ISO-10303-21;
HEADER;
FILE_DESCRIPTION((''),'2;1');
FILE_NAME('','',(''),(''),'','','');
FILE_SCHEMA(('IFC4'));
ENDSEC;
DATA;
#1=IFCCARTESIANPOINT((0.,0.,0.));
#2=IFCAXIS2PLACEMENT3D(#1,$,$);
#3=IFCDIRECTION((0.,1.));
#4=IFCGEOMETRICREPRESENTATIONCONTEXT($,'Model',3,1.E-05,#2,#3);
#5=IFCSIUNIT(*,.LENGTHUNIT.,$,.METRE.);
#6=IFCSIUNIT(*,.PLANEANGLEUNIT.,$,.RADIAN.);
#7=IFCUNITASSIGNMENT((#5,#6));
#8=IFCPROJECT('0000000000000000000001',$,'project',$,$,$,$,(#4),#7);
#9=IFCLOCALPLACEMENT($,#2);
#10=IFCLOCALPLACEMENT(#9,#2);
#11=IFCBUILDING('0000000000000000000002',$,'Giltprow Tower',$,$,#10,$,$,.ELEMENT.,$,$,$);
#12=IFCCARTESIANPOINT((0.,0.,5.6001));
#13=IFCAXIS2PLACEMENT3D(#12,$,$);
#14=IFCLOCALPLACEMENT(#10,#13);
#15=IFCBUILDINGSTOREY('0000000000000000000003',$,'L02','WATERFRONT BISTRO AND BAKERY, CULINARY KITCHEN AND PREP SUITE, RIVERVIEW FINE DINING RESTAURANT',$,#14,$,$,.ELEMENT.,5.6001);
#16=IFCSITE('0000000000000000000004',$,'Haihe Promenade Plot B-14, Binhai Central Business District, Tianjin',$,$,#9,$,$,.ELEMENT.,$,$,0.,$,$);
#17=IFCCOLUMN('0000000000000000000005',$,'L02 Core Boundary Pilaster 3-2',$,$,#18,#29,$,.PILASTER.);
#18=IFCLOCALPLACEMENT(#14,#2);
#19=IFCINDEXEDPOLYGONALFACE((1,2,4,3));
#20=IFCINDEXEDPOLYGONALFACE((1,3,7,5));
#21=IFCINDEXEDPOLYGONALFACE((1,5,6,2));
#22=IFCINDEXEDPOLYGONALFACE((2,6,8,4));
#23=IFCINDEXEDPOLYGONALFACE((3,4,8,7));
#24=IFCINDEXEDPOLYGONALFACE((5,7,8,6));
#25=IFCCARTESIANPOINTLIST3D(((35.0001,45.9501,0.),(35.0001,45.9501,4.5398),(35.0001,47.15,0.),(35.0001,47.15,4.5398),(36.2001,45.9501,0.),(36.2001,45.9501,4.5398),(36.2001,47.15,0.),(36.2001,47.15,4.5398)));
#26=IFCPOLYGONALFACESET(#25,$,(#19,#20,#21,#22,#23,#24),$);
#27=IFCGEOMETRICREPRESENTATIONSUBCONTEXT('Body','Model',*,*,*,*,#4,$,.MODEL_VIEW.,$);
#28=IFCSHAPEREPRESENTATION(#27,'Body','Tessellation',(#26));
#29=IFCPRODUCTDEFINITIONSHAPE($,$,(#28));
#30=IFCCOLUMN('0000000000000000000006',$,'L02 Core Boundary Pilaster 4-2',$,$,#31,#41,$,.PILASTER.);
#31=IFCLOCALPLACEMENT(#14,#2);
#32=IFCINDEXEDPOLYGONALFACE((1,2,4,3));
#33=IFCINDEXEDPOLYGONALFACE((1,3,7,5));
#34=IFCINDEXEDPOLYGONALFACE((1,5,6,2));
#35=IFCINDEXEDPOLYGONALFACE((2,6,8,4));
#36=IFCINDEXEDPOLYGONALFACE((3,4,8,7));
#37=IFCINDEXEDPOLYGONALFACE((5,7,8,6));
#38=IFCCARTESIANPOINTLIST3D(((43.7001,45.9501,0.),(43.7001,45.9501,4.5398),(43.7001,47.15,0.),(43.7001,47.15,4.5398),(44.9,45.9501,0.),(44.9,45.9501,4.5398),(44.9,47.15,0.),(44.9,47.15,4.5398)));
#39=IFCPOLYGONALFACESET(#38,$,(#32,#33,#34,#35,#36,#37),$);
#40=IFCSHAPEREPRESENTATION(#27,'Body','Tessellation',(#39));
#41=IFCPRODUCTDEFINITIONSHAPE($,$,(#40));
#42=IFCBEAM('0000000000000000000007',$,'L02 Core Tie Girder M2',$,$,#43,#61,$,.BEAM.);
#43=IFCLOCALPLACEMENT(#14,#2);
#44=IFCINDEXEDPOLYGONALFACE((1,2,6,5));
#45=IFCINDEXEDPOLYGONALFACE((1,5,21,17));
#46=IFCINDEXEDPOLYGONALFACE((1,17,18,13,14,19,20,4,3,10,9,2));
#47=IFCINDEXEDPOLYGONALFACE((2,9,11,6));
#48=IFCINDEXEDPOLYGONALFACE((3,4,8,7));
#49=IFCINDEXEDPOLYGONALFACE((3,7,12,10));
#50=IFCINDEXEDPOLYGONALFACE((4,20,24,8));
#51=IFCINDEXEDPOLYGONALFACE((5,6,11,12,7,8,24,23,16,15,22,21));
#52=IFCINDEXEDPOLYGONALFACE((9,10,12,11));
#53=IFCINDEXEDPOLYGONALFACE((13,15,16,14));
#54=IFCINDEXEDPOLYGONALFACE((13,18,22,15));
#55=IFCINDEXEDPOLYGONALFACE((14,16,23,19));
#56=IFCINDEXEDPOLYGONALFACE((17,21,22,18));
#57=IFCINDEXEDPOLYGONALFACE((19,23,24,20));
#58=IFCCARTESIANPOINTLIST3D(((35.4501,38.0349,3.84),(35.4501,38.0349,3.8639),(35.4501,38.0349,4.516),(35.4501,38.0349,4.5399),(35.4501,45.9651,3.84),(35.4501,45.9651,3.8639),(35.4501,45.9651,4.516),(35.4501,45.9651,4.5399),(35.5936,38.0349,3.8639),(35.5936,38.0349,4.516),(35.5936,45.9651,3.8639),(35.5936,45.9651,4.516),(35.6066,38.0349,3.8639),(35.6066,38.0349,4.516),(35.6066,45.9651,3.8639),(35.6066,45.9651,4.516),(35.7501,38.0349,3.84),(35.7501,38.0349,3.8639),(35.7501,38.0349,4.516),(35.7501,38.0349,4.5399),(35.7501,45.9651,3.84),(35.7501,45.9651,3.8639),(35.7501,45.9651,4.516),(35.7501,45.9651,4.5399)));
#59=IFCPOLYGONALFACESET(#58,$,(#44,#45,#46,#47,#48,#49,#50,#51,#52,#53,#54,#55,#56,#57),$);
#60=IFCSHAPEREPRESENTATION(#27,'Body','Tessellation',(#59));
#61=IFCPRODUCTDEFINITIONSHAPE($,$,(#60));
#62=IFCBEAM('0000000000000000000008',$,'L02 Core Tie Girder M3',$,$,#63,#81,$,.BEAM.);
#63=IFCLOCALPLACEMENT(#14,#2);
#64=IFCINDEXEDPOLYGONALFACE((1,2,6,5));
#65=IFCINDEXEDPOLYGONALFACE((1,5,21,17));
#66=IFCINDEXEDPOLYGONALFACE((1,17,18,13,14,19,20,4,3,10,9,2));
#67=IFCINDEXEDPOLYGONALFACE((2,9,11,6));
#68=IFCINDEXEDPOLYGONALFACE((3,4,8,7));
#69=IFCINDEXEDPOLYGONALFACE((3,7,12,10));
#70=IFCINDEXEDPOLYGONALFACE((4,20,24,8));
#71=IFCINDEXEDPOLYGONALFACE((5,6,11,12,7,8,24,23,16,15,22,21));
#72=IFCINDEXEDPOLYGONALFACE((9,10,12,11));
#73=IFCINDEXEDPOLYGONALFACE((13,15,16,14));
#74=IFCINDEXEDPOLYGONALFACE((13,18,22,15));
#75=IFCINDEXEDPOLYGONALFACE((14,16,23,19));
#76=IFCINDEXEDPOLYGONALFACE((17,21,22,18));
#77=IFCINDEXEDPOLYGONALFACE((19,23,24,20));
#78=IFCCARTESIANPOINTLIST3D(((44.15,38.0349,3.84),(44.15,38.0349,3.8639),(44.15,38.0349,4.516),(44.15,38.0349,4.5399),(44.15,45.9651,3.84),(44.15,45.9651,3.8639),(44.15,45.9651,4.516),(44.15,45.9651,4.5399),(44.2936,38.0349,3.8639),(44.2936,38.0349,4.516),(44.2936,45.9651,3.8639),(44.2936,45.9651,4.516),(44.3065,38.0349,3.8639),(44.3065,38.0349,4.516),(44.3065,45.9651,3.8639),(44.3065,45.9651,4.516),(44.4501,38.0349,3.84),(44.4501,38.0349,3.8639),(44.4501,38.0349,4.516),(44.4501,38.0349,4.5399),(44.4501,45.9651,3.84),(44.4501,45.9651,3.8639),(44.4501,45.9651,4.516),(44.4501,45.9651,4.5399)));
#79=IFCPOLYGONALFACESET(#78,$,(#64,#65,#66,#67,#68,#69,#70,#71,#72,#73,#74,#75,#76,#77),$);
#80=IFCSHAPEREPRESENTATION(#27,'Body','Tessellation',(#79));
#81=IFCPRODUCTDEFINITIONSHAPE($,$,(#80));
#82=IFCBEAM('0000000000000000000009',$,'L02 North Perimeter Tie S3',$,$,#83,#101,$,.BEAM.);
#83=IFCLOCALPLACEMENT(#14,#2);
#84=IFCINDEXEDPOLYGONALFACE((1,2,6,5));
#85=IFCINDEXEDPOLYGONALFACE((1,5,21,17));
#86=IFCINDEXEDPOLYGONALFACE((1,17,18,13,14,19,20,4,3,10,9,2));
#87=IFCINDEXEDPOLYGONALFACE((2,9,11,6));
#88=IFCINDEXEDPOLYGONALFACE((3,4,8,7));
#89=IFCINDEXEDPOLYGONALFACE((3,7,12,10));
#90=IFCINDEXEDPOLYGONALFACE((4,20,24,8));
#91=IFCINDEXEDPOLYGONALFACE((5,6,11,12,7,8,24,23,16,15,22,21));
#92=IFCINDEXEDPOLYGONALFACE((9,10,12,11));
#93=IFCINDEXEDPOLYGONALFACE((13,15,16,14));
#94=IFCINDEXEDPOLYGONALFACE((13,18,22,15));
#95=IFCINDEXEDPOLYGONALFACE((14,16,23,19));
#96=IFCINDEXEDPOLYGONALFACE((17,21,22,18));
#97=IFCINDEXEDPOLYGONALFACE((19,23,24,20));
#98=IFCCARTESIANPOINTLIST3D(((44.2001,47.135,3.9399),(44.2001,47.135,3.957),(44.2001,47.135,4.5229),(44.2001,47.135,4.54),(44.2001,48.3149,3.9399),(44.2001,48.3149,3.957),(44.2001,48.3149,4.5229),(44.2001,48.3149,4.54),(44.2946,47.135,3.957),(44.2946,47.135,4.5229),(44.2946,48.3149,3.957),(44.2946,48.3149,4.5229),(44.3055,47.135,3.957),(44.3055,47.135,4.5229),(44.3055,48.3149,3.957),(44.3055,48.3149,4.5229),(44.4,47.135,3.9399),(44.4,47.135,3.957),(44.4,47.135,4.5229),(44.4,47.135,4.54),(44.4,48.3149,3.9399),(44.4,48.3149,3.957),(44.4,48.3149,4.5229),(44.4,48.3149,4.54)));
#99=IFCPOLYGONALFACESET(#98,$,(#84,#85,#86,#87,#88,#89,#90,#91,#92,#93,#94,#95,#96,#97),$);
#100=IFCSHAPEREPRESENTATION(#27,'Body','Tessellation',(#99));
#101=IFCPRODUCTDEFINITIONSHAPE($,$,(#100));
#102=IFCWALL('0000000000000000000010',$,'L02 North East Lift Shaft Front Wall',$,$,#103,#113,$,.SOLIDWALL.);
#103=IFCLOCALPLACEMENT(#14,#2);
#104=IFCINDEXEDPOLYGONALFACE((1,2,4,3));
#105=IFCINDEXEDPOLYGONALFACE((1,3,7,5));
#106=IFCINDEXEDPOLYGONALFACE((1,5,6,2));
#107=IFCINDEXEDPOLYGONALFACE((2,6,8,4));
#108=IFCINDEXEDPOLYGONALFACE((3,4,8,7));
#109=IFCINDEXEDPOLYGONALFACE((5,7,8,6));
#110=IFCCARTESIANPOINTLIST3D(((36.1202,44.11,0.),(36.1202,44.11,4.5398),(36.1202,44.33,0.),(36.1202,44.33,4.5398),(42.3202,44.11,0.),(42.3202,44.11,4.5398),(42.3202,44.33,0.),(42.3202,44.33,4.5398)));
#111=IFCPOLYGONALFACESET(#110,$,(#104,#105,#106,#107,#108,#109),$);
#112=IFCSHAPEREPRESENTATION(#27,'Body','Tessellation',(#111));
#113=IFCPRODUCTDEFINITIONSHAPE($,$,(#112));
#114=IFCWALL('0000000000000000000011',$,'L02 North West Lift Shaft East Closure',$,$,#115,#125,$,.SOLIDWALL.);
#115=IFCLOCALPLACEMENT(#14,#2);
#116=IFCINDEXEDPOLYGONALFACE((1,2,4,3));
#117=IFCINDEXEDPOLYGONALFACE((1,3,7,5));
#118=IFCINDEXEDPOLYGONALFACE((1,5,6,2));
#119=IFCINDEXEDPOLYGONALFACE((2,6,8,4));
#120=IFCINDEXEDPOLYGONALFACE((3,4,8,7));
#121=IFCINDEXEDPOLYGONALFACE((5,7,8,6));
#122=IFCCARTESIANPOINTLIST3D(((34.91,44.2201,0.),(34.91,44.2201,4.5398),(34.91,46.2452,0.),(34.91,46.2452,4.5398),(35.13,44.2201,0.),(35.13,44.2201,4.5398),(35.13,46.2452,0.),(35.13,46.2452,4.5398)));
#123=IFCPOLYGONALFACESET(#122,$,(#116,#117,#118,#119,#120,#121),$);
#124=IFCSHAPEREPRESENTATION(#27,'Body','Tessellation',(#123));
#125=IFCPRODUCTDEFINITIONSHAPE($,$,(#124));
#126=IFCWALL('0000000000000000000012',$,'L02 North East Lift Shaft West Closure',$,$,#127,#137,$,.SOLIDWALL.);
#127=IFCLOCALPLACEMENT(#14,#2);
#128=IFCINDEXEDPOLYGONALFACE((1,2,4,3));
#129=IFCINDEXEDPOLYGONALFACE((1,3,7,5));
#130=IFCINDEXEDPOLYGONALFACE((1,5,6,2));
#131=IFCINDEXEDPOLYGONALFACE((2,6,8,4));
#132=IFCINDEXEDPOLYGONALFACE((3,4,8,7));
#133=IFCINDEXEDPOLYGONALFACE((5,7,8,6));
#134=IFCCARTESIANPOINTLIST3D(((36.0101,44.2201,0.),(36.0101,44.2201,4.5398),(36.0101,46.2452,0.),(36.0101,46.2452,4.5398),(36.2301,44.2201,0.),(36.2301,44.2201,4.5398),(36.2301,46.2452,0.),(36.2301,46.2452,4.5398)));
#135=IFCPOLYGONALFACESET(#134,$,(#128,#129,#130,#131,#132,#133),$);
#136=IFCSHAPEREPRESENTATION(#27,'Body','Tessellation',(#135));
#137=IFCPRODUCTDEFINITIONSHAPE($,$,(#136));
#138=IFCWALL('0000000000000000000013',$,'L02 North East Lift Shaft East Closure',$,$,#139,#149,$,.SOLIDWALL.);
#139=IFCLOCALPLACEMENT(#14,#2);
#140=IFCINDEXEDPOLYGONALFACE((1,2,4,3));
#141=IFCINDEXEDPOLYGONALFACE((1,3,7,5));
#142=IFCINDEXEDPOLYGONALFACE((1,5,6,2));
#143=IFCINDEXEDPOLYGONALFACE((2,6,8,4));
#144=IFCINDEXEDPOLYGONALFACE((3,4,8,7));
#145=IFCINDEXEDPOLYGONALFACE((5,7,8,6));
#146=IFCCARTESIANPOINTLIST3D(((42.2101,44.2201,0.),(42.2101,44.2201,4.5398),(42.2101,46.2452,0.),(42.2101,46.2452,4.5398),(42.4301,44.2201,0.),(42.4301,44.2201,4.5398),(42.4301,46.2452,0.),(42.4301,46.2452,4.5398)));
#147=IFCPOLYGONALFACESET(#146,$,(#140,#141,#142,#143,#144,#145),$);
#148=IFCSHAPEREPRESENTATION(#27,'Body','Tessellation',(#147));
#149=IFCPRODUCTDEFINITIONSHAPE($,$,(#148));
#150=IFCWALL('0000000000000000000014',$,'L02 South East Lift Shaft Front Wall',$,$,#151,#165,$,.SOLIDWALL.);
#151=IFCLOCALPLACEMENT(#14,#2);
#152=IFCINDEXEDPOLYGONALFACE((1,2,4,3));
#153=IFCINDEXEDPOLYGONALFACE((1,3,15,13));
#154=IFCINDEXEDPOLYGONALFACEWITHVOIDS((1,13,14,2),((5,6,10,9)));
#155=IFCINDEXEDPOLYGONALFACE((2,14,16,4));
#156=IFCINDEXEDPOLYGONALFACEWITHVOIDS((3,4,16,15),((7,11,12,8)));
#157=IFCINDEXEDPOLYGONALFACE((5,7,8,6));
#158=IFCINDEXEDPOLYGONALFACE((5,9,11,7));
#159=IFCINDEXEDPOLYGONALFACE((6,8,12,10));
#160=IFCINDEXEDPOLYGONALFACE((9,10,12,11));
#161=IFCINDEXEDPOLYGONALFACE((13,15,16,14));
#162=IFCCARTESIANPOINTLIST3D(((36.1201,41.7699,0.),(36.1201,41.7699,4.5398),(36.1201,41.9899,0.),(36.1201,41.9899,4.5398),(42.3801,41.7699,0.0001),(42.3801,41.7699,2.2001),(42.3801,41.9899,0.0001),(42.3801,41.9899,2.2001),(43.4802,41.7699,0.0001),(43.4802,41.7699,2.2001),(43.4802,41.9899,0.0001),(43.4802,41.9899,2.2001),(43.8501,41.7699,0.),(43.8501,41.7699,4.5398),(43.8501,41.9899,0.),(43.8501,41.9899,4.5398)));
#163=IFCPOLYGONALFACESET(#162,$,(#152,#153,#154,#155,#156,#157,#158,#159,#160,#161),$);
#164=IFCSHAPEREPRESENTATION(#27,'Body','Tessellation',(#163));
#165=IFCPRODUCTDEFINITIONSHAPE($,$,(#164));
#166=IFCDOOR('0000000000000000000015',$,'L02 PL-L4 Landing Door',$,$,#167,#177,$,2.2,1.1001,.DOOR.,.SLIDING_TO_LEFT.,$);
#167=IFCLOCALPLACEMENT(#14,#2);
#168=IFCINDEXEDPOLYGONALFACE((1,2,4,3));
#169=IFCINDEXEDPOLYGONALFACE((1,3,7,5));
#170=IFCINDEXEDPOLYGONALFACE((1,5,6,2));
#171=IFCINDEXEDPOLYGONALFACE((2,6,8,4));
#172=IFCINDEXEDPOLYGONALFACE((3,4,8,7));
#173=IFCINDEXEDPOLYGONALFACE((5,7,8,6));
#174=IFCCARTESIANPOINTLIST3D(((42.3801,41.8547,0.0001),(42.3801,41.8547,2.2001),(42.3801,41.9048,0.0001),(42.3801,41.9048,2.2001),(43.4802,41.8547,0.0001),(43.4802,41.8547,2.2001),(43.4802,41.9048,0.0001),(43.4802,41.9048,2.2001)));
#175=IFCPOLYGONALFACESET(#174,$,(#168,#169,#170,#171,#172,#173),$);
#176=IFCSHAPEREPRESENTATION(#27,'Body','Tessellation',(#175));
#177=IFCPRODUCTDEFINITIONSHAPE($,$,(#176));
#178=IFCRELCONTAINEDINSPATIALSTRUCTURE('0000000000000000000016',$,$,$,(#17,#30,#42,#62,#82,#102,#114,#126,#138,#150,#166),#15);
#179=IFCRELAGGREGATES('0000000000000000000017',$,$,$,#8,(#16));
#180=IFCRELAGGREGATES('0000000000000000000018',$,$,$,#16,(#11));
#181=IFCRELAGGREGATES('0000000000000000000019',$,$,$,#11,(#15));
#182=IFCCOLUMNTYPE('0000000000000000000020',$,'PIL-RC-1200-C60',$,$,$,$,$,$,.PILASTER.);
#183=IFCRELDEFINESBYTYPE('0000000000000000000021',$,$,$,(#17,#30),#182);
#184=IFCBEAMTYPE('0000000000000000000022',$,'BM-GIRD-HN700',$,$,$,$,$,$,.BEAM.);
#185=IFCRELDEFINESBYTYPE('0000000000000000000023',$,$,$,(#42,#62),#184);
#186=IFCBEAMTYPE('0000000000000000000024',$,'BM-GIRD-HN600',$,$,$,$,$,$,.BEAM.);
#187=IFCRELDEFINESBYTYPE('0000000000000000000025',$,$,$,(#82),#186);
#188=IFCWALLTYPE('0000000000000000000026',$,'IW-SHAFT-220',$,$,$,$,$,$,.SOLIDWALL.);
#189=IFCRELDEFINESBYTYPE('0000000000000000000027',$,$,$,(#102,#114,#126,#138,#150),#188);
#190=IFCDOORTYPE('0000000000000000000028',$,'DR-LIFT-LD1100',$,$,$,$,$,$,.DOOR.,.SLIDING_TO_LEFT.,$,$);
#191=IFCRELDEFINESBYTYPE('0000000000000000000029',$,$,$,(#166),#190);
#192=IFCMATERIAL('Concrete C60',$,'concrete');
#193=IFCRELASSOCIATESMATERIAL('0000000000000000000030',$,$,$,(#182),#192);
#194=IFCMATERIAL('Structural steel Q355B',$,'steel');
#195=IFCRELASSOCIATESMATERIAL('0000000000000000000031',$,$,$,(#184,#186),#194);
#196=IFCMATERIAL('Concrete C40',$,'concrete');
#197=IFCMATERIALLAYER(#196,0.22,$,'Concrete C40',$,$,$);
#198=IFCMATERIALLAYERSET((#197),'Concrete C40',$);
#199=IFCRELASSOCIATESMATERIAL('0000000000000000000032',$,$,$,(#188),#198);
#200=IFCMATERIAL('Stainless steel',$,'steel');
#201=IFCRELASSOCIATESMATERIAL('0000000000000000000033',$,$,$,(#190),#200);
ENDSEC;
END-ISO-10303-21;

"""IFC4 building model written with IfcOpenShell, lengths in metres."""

from ifc_helpers import new_model, si_unit, direction, frame, frame_2d, origin, origin_2d, place, context, subcontext, project, spatial, rectangle, i_section, extrude, source, transform, mapped, material, layer, layer_set, material_profile, profile_set, type_object, element, fill, save


model = new_model("IFC4")

# Units and contexts
model_context = context("Model", 3, precision=1e-05, world=origin(), true_north=direction((0.0, 1.0)))
body_context = subcontext(model_context, "Body", "Model", "MODEL_VIEW")
ifc_project = project(units=[si_unit("LENGTHUNIT", "METRE"), si_unit("PLANEANGLEUNIT", "RADIAN")], contexts=[model_context])

# Site, building, storey
site_placement = place(None, origin())
site = spatial("IfcSite", under=ifc_project, at=site_placement, Name="Haihe Promenade Plot B-14, Binhai Central Business District, Tianjin", CompositionType="ELEMENT", RefElevation=0.0)
building_placement = place(site_placement, origin())
building = spatial("IfcBuilding", under=site, at=building_placement, Name="Giltprow Tower", CompositionType="ELEMENT")
storey_placement = place(building_placement, frame((0.0, 0.0, 5.6001)))
storey = spatial("IfcBuildingStorey", under=building, at=storey_placement, Name="L02", Description="WATERFRONT BISTRO AND BAKERY, CULINARY KITCHEN AND PREP SUITE, RIVERVIEW FINE DINING RESTAURANT", CompositionType="ELEMENT", Elevation=5.6001)

# Columns
ifc_material_1 = material(Name="Concrete C60", Category="concrete")
ifc_material_profile_1 = material_profile(ifc_material_1, rectangle(XDim=1.2, YDim=1.2, at=origin_2d()), Name="RC 1200x1200")
ifc_profile_set_1 = profile_set([ifc_material_profile_1], Name="Concrete C60")
column_type = type_object("IfcColumnType", Name="PIL-RC-1200-C60", PredefinedType="PILASTER", material=ifc_profile_set_1)
shared_shape_1 = source(origin(), body_context, "Body", "SweptSolid", [
    extrude(rectangle(XDim=1.2, YDim=1.2, at=origin_2d()), origin(), (0.0, 0.0, 1.0), 4.5398),
])
for number, where, z_axis, x_axis, name in (
    (1, (35.6001, 46.55, 0.0), (0.0, 0.0, 1.0), (1.0, 0.0, 0.0), "L02 Core Boundary Pilaster 3-2"),
    (2, (44.3, 46.55, 0.0), (0.0, 0.0, 1.0), (1.0, 0.0, 0.0), "L02 Core Boundary Pilaster 4-2"),
):
    element("IfcColumn", number, at=place(storey_placement, frame(where, z_axis=z_axis, x_axis=x_axis)), inside=storey, type_object=column_type, Name=name, PredefinedType="PILASTER", context=body_context, shape_type="MappedRepresentation", body=[
        mapped(shared_shape_1, transform((0.0, 0.0, 0.0), x_axis=(1.0, 0.0, 0.0), y_axis=(0.0, 1.0, 0.0), z_axis=(0.0, 0.0, 1.0), scale=1.0)),
    ])

# Beams
ifc_material_2 = material(Name="Structural steel Q355B", Category="steel")
ifc_material_profile_2 = material_profile(ifc_material_2, i_section(OverallWidth=0.3, OverallDepth=0.7, WebThickness=0.0129, FlangeThickness=0.0239, at=origin_2d()), Name="HN 700x300x13x24")
ifc_profile_set_2 = profile_set([ifc_material_profile_2], Name="Structural steel Q355B")
beam_type_1 = type_object("IfcBeamType", Name="BM-GIRD-HN700", PredefinedType="BEAM", material=ifc_profile_set_2)
shared_shape_2 = source(origin(), body_context, "Body", "SweptSolid", [
    extrude(i_section(OverallWidth=0.3, OverallDepth=0.7, WebThickness=0.0129, FlangeThickness=0.0239, at=origin_2d()), origin(), (0.0, 0.0, 1.0), 7.9302),
])
for number, where, z_axis, x_axis, name in (
    (3, (35.6001, 38.0349, 4.1899), (0.0, 1.0, 0.0), (-1.0, 0.0, 0.0), "L02 Core Tie Girder M2"),
    (4, (44.3, 38.0349, 4.1899), (0.0, 1.0, 0.0), (-1.0, 0.0, 0.0), "L02 Core Tie Girder M3"),
):
    element("IfcBeam", number, at=place(storey_placement, frame(where, z_axis=z_axis, x_axis=x_axis)), inside=storey, type_object=beam_type_1, Name=name, PredefinedType="BEAM", context=body_context, shape_type="MappedRepresentation", body=[
        mapped(shared_shape_2, transform((0.0, 0.0, 0.0), x_axis=(1.0, 0.0, 0.0), y_axis=(0.0, 1.0, 0.0), z_axis=(0.0, 0.0, 1.0), scale=1.0)),
    ])
ifc_material_profile_3 = material_profile(ifc_material_2, i_section(OverallWidth=0.2, OverallDepth=0.6001, WebThickness=0.011, FlangeThickness=0.0171, at=origin_2d()), Name="HN 600x200x11x17")
ifc_profile_set_3 = profile_set([ifc_material_profile_3], Name="Structural steel Q355B")
beam_type_2 = type_object("IfcBeamType", Name="BM-GIRD-HN600", PredefinedType="BEAM", material=ifc_profile_set_3)
shared_shape_3 = source(origin(), body_context, "Body", "SweptSolid", [
    extrude(i_section(OverallWidth=0.2, OverallDepth=0.6001, WebThickness=0.011, FlangeThickness=0.0171, at=origin_2d()), origin(), (0.0, 0.0, 1.0), 1.1799),
])
beam_placement = place(storey_placement, frame((44.3, 47.135, 4.24), z_axis=(0.0, 1.0, 0.0), x_axis=(-1.0, 0.0, 0.0)))
element("IfcBeam", 5, at=beam_placement, inside=storey, type_object=beam_type_2, Name="L02 North Perimeter Tie S3", PredefinedType="BEAM", context=body_context, shape_type="MappedRepresentation", body=[
    mapped(shared_shape_3, transform((0.0, 0.0, 0.0), x_axis=(1.0, 0.0, 0.0), y_axis=(0.0, 1.0, 0.0), z_axis=(0.0, 0.0, 1.0), scale=1.0)),
])

# Walls
ifc_material_3 = material(Name="Concrete C40", Category="concrete")
ifc_layer_1 = layer(ifc_material_3, 0.22, Name="Concrete C40")
ifc_layer_set_1 = layer_set([ifc_layer_1], Name="Concrete C40")
wall_type_1 = type_object("IfcWallType", Name="IW-SHAFT-220", PredefinedType="SOLIDWALL", material=ifc_layer_set_1)
wall_1_placement = place(storey_placement, frame((36.1201, 44.22, 0.0), z_axis=(0.0, 0.0, 1.0), x_axis=(1.0, 0.0, 0.0)))
element("IfcWall", 6, at=wall_1_placement, inside=storey, type_object=wall_type_1, Name="L02 North East Lift Shaft Front Wall", PredefinedType="SOLIDWALL", context=body_context, shape_type="SweptSolid", body=[
    extrude(rectangle(XDim=6.2, YDim=0.22, at=frame_2d((3.1001, 0.0))), origin(), (0.0, 0.0, 1.0), 4.5398),
])
for number, where, z_axis, x_axis, name in (
    (7, (35.02, 44.22, 0.0), (0.0, 0.0, 1.0), (0.0, 1.0, 0.0), "L02 North West Lift Shaft East Closure"),
    (8, (36.1201, 44.22, 0.0), (0.0, 0.0, 1.0), (0.0, 1.0, 0.0), "L02 North East Lift Shaft West Closure"),
    (9, (42.3201, 44.22, 0.0), (0.0, 0.0, 1.0), (0.0, 1.0, 0.0), "L02 North East Lift Shaft East Closure"),
):
    element("IfcWall", number, at=place(storey_placement, frame(where, z_axis=z_axis, x_axis=x_axis)), inside=storey, type_object=wall_type_1, Name=name, PredefinedType="SOLIDWALL", context=body_context, shape_type="SweptSolid", body=[
        extrude(rectangle(XDim=2.0251, YDim=0.22, at=frame_2d((1.0127, 0.0))), origin(), (0.0, 0.0, 1.0), 4.5398),
    ])

# Wall, opening, door
wall_2_placement = place(storey_placement, frame((36.1201, 41.8799, 0.0), z_axis=(0.0, 0.0, 1.0), x_axis=(1.0, 0.0, 0.0)))
wall_2 = element("IfcWall", 10, at=wall_2_placement, inside=storey, type_object=wall_type_1, Name="L02 South East Lift Shaft Front Wall", PredefinedType="SOLIDWALL", context=body_context, shape_type="SweptSolid", body=[
    extrude(rectangle(XDim=7.73, YDim=0.22, at=frame_2d((3.865, 0.0))), origin(), (0.0, 0.0, 1.0), 4.5398),
])
opening_1_placement = place(wall_2_placement, frame((6.26, 0.0, 0.0)))
opening_1 = element("IfcOpeningElement", 11, at=opening_1_placement, cuts=wall_2, PredefinedType="OPENING", context=body_context, shape_type="SweptSolid", body=[
    extrude(rectangle(XDim=1.1001, YDim=2.2, at=frame_2d((0.55, 1.1001))), frame((0.0, 0.1199, 0.0), z_axis=(0.0, -1.0, 0.0), x_axis=(1.0, 0.0, 0.0)), (0.0, 0.0, 1.0), 0.24),
])
ifc_material_4 = material(Name="Stainless steel", Category="steel")
door_type_1 = type_object("IfcDoorType", Name="DR-LIFT-LD1100", OperationType="SLIDING_TO_LEFT", PredefinedType="DOOR", material=ifc_material_4)
shared_shape_4 = source(origin(), body_context, "Body", "SweptSolid", [
    extrude(rectangle(XDim=1.1001, YDim=2.2, at=frame_2d((0.55, 1.1001))), frame((0.0, 0.0249, 0.0), z_axis=(0.0, -1.0, 0.0), x_axis=(1.0, 0.0, 0.0)), (0.0, 0.0, 1.0), 0.05),
])
door_1_placement = place(opening_1_placement, origin())
door_1 = element("IfcDoor", 12, at=door_1_placement, inside=storey, type_object=door_type_1, Name="L02 PL-L4 Landing Door", OperationType="SLIDING_TO_LEFT", OverallHeight=2.2, OverallWidth=1.1001, PredefinedType="DOOR", context=body_context, shape_type="MappedRepresentation", body=[
    mapped(shared_shape_4, transform((0.0, 0.0, 0.0), x_axis=(1.0, 0.0, 0.0), y_axis=(0.0, 1.0, 0.0), z_axis=(0.0, 0.0, 1.0), scale=1.0)),
])
fill(opening_1, door_1)

save(model, "model.ifc")
